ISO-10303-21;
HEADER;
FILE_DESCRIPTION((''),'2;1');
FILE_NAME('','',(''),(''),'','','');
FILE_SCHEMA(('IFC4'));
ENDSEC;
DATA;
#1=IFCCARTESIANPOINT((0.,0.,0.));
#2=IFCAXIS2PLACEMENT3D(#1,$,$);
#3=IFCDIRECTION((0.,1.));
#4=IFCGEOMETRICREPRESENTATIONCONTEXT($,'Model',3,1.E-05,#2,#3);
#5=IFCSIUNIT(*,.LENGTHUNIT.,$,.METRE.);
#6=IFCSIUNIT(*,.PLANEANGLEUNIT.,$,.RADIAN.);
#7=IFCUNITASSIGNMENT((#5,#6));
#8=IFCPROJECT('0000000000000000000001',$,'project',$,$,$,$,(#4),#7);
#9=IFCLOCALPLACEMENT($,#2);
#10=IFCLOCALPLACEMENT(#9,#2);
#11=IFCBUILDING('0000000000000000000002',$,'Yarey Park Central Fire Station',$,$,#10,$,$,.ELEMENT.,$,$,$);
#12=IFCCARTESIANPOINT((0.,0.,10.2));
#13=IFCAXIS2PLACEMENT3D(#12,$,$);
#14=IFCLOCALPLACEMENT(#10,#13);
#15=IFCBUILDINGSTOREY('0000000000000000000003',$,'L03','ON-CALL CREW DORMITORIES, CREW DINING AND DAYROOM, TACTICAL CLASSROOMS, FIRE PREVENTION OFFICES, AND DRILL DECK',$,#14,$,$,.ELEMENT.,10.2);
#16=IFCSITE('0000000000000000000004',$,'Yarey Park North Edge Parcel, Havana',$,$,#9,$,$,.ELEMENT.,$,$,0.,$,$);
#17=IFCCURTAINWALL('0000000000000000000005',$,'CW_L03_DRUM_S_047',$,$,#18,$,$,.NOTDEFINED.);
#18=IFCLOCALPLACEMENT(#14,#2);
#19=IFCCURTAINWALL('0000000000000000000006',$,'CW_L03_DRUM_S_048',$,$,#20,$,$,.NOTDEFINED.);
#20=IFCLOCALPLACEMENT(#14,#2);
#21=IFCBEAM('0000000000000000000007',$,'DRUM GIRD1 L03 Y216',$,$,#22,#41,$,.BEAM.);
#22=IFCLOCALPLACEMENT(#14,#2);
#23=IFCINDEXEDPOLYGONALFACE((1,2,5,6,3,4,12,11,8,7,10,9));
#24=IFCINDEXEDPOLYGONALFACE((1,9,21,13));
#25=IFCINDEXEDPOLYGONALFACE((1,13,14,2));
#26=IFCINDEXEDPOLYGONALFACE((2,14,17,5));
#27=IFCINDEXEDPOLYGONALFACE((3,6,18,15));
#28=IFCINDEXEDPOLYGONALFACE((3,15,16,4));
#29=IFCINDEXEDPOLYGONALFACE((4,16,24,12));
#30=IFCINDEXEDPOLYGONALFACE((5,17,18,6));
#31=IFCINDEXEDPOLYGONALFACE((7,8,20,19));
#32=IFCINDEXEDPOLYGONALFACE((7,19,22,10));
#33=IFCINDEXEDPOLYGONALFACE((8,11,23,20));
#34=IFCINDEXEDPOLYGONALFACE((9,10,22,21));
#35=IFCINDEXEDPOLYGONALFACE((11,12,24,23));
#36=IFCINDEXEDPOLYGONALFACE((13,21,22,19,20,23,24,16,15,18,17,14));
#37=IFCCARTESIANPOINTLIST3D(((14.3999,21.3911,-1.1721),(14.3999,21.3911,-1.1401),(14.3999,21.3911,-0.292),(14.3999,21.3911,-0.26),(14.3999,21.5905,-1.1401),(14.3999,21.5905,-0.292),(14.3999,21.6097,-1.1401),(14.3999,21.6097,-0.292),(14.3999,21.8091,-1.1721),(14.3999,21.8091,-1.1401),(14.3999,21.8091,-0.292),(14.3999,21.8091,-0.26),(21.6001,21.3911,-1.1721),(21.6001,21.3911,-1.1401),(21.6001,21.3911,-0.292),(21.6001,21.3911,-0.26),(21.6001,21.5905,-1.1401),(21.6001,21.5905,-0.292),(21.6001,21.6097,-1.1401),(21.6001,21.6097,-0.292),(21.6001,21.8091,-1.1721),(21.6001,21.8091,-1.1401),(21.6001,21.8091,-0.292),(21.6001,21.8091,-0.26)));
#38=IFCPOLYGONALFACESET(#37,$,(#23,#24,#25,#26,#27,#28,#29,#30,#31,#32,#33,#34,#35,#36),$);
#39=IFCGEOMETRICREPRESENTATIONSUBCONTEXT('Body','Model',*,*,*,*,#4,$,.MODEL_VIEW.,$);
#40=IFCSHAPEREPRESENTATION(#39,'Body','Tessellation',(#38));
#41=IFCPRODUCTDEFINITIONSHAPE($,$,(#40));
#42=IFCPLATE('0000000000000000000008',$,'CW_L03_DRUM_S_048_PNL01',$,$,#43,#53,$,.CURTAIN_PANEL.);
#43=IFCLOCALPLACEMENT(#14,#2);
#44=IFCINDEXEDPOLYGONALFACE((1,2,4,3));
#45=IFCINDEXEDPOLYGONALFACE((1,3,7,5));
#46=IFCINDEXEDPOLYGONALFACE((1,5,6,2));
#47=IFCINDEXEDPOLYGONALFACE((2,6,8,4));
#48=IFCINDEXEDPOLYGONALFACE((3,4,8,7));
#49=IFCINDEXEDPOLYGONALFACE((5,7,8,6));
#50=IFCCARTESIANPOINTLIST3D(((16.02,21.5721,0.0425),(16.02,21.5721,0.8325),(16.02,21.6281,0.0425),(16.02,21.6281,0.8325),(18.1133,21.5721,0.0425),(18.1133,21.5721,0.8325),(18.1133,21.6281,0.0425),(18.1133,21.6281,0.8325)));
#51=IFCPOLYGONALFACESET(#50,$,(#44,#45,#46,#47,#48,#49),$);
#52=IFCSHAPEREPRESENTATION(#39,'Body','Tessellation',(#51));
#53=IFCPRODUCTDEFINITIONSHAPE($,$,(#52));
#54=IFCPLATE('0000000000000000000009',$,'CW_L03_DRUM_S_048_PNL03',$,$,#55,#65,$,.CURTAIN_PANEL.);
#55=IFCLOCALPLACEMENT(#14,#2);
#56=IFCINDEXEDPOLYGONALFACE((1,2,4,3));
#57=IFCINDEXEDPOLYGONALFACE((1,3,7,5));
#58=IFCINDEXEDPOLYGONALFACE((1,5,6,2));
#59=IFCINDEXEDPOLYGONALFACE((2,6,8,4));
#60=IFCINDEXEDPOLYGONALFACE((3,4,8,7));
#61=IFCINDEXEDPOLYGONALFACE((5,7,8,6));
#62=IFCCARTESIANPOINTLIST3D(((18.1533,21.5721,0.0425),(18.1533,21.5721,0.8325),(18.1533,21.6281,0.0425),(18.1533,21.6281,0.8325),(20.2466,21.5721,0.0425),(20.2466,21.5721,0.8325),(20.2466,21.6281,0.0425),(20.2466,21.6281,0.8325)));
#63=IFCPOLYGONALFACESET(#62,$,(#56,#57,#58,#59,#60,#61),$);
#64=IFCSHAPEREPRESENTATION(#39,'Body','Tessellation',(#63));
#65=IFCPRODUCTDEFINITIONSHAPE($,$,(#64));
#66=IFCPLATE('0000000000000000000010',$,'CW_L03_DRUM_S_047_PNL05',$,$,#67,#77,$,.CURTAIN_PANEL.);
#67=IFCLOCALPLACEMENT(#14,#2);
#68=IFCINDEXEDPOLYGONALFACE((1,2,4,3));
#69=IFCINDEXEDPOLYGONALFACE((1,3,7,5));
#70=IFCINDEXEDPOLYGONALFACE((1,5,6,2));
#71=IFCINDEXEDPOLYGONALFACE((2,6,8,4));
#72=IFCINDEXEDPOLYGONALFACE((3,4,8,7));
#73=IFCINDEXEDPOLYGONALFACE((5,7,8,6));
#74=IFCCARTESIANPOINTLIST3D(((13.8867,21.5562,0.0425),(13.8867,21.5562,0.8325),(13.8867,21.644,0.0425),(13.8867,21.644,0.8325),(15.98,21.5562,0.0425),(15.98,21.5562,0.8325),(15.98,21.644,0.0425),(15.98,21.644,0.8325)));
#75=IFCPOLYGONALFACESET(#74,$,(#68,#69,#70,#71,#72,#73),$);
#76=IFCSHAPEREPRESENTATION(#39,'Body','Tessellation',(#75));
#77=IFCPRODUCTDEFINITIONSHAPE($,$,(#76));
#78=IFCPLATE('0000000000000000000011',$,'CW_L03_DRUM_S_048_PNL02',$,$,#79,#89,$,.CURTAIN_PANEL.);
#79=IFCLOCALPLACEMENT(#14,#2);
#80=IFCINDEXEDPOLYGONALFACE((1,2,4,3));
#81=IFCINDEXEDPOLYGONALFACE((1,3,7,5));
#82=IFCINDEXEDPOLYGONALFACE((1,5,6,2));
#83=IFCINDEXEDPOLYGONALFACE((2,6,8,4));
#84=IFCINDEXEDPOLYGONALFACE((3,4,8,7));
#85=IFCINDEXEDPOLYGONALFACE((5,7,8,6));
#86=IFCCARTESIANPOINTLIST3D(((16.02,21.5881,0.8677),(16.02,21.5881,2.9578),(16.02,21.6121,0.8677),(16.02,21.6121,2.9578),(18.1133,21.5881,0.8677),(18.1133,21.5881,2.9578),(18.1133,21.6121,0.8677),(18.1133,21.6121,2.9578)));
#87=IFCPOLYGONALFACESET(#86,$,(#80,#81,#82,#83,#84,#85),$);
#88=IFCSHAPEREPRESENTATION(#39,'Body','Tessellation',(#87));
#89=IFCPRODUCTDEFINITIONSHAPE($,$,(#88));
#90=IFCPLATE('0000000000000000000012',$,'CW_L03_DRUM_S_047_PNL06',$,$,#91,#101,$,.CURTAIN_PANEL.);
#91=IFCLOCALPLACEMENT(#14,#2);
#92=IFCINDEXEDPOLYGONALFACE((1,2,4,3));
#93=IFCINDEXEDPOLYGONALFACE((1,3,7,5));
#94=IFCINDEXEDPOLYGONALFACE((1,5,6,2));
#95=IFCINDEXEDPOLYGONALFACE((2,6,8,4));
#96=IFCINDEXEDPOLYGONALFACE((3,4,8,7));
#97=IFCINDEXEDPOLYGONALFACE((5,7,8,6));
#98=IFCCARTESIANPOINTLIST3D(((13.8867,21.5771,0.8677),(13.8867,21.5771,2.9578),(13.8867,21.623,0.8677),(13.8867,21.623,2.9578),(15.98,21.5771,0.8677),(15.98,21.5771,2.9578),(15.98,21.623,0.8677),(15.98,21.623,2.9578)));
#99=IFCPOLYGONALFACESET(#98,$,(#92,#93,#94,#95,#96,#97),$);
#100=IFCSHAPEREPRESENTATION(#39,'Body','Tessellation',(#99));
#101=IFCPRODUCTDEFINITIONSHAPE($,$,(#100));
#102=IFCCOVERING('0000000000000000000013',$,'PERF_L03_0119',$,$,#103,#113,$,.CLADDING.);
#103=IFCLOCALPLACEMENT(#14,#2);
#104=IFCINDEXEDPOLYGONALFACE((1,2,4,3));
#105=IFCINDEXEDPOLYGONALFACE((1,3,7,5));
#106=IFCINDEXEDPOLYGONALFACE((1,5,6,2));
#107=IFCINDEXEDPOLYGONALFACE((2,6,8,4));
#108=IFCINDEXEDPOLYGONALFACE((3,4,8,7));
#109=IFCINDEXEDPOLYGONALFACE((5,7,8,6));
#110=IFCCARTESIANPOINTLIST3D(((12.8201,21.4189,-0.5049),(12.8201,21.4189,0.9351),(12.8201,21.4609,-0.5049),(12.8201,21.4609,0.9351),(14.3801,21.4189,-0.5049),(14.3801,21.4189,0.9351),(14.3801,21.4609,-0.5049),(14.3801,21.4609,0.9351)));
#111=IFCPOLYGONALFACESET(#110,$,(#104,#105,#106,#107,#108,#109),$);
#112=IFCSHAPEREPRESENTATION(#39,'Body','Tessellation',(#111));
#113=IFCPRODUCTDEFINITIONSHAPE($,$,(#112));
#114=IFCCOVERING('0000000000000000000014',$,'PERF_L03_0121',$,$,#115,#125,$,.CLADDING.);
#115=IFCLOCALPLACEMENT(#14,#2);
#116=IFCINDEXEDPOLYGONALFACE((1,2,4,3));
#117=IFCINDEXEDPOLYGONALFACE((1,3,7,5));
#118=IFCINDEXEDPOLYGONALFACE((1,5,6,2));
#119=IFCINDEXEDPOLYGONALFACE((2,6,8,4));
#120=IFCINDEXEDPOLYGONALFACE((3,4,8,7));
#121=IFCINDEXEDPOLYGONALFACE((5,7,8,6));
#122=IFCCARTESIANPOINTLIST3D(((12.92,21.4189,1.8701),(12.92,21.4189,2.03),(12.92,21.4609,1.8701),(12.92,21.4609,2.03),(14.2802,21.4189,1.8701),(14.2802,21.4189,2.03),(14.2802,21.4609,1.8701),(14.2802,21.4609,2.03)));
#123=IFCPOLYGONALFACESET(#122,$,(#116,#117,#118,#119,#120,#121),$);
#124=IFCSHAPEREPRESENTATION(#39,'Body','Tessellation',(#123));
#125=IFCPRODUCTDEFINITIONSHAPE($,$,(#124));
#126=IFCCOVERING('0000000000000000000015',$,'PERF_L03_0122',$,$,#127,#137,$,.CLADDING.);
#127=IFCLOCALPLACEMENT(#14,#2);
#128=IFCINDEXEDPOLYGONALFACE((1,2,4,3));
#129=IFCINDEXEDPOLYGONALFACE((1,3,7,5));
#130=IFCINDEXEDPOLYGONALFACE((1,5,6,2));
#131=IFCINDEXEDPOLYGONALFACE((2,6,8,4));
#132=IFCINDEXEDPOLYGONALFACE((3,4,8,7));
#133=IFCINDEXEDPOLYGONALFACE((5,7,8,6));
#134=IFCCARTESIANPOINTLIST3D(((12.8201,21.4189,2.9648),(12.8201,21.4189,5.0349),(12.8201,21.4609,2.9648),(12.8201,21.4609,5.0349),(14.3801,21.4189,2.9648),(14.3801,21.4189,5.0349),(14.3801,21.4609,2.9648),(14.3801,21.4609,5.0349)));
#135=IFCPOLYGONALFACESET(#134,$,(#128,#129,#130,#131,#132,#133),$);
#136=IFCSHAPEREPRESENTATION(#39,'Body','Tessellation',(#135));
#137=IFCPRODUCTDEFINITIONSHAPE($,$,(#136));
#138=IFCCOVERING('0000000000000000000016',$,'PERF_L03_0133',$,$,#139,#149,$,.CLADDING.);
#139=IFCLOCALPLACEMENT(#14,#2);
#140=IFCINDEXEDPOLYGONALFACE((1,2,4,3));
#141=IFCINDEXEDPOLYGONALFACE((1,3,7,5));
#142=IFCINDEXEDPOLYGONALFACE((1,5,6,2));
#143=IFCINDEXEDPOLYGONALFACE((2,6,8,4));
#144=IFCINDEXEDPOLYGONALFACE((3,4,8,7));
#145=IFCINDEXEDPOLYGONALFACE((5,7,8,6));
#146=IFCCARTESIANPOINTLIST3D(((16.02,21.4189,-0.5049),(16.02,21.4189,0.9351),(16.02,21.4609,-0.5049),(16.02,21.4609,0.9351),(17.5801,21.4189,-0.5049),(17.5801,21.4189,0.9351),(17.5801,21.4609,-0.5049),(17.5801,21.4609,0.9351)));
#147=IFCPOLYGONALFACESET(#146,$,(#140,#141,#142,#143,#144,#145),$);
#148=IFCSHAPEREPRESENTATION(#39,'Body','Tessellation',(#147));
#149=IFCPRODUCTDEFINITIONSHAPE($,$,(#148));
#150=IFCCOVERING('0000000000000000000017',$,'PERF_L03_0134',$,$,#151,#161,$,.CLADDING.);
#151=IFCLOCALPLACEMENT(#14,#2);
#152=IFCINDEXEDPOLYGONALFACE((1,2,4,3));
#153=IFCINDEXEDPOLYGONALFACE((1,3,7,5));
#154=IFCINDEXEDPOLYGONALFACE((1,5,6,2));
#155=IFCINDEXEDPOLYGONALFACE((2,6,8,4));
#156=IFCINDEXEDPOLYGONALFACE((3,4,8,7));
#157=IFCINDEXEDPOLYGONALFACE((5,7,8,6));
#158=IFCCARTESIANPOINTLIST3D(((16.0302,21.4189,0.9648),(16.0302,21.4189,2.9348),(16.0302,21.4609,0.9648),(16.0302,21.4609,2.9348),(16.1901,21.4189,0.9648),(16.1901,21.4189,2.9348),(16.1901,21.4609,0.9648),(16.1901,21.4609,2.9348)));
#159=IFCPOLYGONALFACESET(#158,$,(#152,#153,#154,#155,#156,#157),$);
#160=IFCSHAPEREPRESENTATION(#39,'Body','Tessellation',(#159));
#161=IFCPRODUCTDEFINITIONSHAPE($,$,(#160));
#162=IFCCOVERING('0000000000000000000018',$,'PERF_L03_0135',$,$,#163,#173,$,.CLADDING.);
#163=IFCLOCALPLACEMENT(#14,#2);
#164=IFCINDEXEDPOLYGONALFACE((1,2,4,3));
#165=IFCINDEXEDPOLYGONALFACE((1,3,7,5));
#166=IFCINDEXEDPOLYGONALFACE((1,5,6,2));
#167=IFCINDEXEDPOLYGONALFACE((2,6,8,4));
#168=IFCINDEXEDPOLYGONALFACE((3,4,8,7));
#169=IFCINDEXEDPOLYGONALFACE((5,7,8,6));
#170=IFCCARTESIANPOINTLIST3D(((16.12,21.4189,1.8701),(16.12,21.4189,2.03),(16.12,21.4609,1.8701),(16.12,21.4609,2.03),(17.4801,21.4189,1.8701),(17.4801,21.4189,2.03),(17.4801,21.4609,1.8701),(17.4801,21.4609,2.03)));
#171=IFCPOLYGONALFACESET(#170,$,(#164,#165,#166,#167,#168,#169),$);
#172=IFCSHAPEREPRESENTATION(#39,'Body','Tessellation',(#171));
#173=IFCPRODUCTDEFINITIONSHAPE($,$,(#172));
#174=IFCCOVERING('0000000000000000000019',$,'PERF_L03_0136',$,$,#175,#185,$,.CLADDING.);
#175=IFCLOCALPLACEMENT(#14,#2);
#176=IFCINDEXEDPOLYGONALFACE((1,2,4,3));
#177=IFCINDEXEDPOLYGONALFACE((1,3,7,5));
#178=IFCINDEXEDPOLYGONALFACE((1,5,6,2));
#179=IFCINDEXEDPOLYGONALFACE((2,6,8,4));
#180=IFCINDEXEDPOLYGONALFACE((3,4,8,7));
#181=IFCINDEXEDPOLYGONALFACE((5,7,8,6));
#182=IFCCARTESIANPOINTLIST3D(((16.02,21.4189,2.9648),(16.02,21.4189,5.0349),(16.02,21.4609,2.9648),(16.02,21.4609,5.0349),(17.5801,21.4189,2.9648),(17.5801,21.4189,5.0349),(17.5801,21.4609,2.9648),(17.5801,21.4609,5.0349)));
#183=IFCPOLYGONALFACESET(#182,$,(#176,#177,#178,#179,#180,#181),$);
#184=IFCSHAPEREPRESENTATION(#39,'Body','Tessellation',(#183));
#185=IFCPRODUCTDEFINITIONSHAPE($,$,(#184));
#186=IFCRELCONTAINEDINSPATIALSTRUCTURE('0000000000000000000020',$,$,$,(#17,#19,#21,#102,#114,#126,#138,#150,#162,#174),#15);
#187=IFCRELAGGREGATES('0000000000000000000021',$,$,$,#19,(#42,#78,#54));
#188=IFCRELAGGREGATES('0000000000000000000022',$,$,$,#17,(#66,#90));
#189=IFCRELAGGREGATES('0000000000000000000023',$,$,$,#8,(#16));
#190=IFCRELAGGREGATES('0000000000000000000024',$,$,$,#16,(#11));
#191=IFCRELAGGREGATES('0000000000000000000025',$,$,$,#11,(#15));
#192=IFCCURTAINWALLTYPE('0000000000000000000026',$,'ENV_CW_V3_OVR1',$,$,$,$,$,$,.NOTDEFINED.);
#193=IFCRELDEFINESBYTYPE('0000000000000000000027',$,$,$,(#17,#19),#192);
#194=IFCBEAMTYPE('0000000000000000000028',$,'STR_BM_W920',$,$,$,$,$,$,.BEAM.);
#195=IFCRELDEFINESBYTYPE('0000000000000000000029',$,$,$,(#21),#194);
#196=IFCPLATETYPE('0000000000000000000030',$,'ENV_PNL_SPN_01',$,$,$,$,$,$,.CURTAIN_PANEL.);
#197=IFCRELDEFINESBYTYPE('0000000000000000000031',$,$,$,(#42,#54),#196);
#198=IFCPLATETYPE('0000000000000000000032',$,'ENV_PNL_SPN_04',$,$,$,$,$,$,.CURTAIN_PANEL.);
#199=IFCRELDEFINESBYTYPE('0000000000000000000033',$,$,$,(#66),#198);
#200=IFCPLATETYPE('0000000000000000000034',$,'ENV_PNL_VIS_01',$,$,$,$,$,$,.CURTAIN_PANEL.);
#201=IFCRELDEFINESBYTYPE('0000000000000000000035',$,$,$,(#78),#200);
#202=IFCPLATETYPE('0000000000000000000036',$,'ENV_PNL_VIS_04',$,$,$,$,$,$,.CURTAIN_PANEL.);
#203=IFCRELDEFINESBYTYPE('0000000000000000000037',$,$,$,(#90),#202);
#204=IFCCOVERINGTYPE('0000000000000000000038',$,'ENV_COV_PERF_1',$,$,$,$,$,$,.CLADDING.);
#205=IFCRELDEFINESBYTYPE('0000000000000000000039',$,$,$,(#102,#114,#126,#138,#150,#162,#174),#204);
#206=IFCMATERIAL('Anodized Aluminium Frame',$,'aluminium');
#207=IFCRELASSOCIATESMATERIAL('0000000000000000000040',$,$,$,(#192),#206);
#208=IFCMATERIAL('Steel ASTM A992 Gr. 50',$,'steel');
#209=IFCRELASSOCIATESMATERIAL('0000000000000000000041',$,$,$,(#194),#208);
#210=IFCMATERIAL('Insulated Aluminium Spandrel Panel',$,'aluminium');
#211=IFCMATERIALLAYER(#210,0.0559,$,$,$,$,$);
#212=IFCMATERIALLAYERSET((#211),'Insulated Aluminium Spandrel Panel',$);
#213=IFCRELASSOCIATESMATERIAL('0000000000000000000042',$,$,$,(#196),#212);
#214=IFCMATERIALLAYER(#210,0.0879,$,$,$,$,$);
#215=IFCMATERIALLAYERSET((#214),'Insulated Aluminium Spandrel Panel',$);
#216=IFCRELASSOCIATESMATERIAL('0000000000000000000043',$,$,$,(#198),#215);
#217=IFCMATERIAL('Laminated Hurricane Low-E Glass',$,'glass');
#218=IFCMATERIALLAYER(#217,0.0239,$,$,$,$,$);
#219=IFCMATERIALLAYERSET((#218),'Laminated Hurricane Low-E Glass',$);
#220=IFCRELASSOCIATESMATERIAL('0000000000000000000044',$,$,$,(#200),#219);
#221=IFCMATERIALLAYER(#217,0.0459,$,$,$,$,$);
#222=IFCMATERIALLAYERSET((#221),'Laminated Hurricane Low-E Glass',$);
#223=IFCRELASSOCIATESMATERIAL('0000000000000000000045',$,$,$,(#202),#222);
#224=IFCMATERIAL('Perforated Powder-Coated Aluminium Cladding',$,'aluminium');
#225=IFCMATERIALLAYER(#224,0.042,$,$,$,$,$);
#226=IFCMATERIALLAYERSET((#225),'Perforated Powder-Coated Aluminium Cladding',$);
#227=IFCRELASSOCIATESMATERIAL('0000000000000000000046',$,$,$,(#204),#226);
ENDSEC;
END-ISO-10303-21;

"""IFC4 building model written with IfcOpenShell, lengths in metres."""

from ifc_helpers import new_model, si_unit, direction, frame, origin, origin_2d, place, context, subcontext, project, spatial, rectangle, i_section, extrude, material, layer, layer_set, material_profile, profile_set, type_object, element, aggregate, save


model = new_model("IFC4")

# Units and contexts
model_context = context("Model", 3, precision=1e-05, world=origin(), true_north=direction((0.0, 1.0)))
body_context = subcontext(model_context, "Body", "Model", "MODEL_VIEW")
ifc_project = project(units=[si_unit("LENGTHUNIT", "METRE"), si_unit("PLANEANGLEUNIT", "RADIAN")], contexts=[model_context])

# Site, building, storey
site_placement = place(None, origin())
site = spatial("IfcSite", under=ifc_project, at=site_placement, Name="Yarey Park North Edge Parcel, Havana", CompositionType="ELEMENT", RefElevation=0.0)
building_placement = place(site_placement, origin())
building = spatial("IfcBuilding", under=site, at=building_placement, Name="Yarey Park Central Fire Station", CompositionType="ELEMENT")
storey_placement = place(building_placement, frame((0.0, 0.0, 10.2)))
storey = spatial("IfcBuildingStorey", under=building, at=storey_placement, Name="L03", Description="ON-CALL CREW DORMITORIES, CREW DINING AND DAYROOM, TACTICAL CLASSROOMS, FIRE PREVENTION OFFICES, AND DRILL DECK", CompositionType="ELEMENT", Elevation=10.2)

# Shared definitions
ifc_material_1 = material(Name="Steel ASTM A992 Gr. 50", Category="steel")

# Curtain walls
ifc_material_2 = material(Name="Anodized Aluminium Frame", Category="aluminium")
curtain_wall_type = type_object("IfcCurtainWallType", Name="ENV_CW_V3_OVR1", PredefinedType="NOTDEFINED", material=ifc_material_2)
curtain_wall_1_placement = place(storey_placement, origin())
curtain_wall_1 = element("IfcCurtainWall", 1, at=curtain_wall_1_placement, inside=storey, type_object=curtain_wall_type, Name="CW_L03_DRUM_S_047", PredefinedType="NOTDEFINED")
curtain_wall_2_placement = place(storey_placement, origin())
curtain_wall_2 = element("IfcCurtainWall", 2, at=curtain_wall_2_placement, inside=storey, type_object=curtain_wall_type, Name="CW_L03_DRUM_S_048", PredefinedType="NOTDEFINED")

# Beam
ifc_material_profile_1 = material_profile(ifc_material_1, i_section(OverallWidth=0.418, OverallDepth=0.9121, WebThickness=0.0193, FlangeThickness=0.032, at=origin_2d()), Name="W920x342")
ifc_profile_set_1 = profile_set([ifc_material_profile_1], Name="Steel ASTM A992 Gr. 50")
beam_type_1 = type_object("IfcBeamType", Name="STR_BM_W920", PredefinedType="BEAM", material=ifc_profile_set_1)
beam_1_placement = place(storey_placement, frame((14.3999, 21.6001, -0.7161), z_axis=(1.0, 0.0, 0.0), x_axis=(0.0, 1.0, 0.0)))
element("IfcBeam", 3, at=beam_1_placement, inside=storey, type_object=beam_type_1, Name="DRUM GIRD1 L03 Y216", PredefinedType="BEAM", context=body_context, shape_type="SweptSolid", body=[
    extrude(i_section(OverallWidth=0.418, OverallDepth=0.9121, WebThickness=0.0193, FlangeThickness=0.032, at=origin_2d()), origin(), (0.0, 0.0, 1.0), 7.2002),
])

# Plates
ifc_material_3 = material(Name="Insulated Aluminium Spandrel Panel", Category="aluminium")
ifc_layer_1 = layer(ifc_material_3, 0.0559)
ifc_layer_set_1 = layer_set([ifc_layer_1], Name="Insulated Aluminium Spandrel Panel")
plate_type_1 = type_object("IfcPlateType", Name="ENV_PNL_SPN_01", PredefinedType="CURTAIN_PANEL", material=ifc_layer_set_1)
plate_1_placement = place(storey_placement, frame((17.0667, 21.6001, 0.0425), z_axis=(0.0, 0.0, 1.0), x_axis=(1.0, 0.0, 0.0)))
plate_1 = element("IfcPlate", 4, at=plate_1_placement, type_object=plate_type_1, Name="CW_L03_DRUM_S_048_PNL01", PredefinedType="CURTAIN_PANEL", context=body_context, shape_type="SweptSolid", body=[
    extrude(rectangle(XDim=2.0933, YDim=0.0559, at=origin_2d()), origin(), (0.0, 0.0, 1.0), 0.79),
])
plate_2_placement = place(storey_placement, frame((19.2, 21.6001, 0.0425), z_axis=(0.0, 0.0, 1.0), x_axis=(1.0, 0.0, 0.0)))
plate_2 = element("IfcPlate", 5, at=plate_2_placement, type_object=plate_type_1, Name="CW_L03_DRUM_S_048_PNL03", PredefinedType="CURTAIN_PANEL", context=body_context, shape_type="SweptSolid", body=[
    extrude(rectangle(XDim=2.0933, YDim=0.0559, at=origin_2d()), origin(), (0.0, 0.0, 1.0), 0.79),
])
ifc_layer_2 = layer(ifc_material_3, 0.0879)
ifc_layer_set_2 = layer_set([ifc_layer_2], Name="Insulated Aluminium Spandrel Panel")
plate_type_2 = type_object("IfcPlateType", Name="ENV_PNL_SPN_04", PredefinedType="CURTAIN_PANEL", material=ifc_layer_set_2)
plate_3_placement = place(storey_placement, frame((14.9333, 21.6001, 0.0425), z_axis=(0.0, 0.0, 1.0), x_axis=(1.0, 0.0, 0.0)))
plate_3 = element("IfcPlate", 6, at=plate_3_placement, type_object=plate_type_2, Name="CW_L03_DRUM_S_047_PNL05", PredefinedType="CURTAIN_PANEL", context=body_context, shape_type="SweptSolid", body=[
    extrude(rectangle(XDim=2.0933, YDim=0.0879, at=origin_2d()), origin(), (0.0, 0.0, 1.0), 0.79),
])
ifc_material_4 = material(Name="Laminated Hurricane Low-E Glass", Category="glass")
ifc_layer_3 = layer(ifc_material_4, 0.0239)
ifc_layer_set_3 = layer_set([ifc_layer_3], Name="Laminated Hurricane Low-E Glass")
plate_type_3 = type_object("IfcPlateType", Name="ENV_PNL_VIS_01", PredefinedType="CURTAIN_PANEL", material=ifc_layer_set_3)
plate_4_placement = place(storey_placement, frame((17.0667, 21.6001, 0.8677), z_axis=(0.0, 0.0, 1.0), x_axis=(1.0, 0.0, 0.0)))
plate_4 = element("IfcPlate", 7, at=plate_4_placement, type_object=plate_type_3, Name="CW_L03_DRUM_S_048_PNL02", PredefinedType="CURTAIN_PANEL", context=body_context, shape_type="SweptSolid", body=[
    extrude(rectangle(XDim=2.0933, YDim=0.0239, at=origin_2d()), origin(), (0.0, 0.0, 1.0), 2.0901),
])
aggregate(curtain_wall_2, [plate_1, plate_4, plate_2])
ifc_layer_4 = layer(ifc_material_4, 0.0459)
ifc_layer_set_4 = layer_set([ifc_layer_4], Name="Laminated Hurricane Low-E Glass")
plate_type_4 = type_object("IfcPlateType", Name="ENV_PNL_VIS_04", PredefinedType="CURTAIN_PANEL", material=ifc_layer_set_4)
plate_5_placement = place(storey_placement, frame((14.9333, 21.6001, 0.8677), z_axis=(0.0, 0.0, 1.0), x_axis=(1.0, 0.0, 0.0)))
plate_5 = element("IfcPlate", 8, at=plate_5_placement, type_object=plate_type_4, Name="CW_L03_DRUM_S_047_PNL06", PredefinedType="CURTAIN_PANEL", context=body_context, shape_type="SweptSolid", body=[
    extrude(rectangle(XDim=2.0933, YDim=0.0459, at=origin_2d()), origin(), (0.0, 0.0, 1.0), 2.0901),
])
aggregate(curtain_wall_1, [plate_3, plate_5])

# Coverings
ifc_material_5 = material(Name="Perforated Powder-Coated Aluminium Cladding", Category="aluminium")
ifc_layer_5 = layer(ifc_material_5, 0.042)
ifc_layer_set_5 = layer_set([ifc_layer_5], Name="Perforated Powder-Coated Aluminium Cladding")
covering_type_1 = type_object("IfcCoveringType", Name="ENV_COV_PERF_1", PredefinedType="CLADDING", material=ifc_layer_set_5)
covering_1_placement = place(storey_placement, frame((13.6001, 21.4399, -0.5049), z_axis=(0.0, 0.0, 1.0), x_axis=(1.0, 0.0, 0.0)))
element("IfcCovering", 9, at=covering_1_placement, inside=storey, type_object=covering_type_1, Name="PERF_L03_0119", PredefinedType="CLADDING", context=body_context, shape_type="SweptSolid", body=[
    extrude(rectangle(XDim=1.5601, YDim=0.042, at=origin_2d()), origin(), (0.0, 0.0, 1.0), 1.4399),
])
covering_2_placement = place(storey_placement, frame((13.6001, 21.4399, 1.8701), z_axis=(0.0, 0.0, 1.0), x_axis=(1.0, 0.0, 0.0)))
element("IfcCovering", 10, at=covering_2_placement, inside=storey, type_object=covering_type_1, Name="PERF_L03_0121", PredefinedType="CLADDING", context=body_context, shape_type="SweptSolid", body=[
    extrude(rectangle(XDim=1.3601, YDim=0.042, at=origin_2d()), origin(), (0.0, 0.0, 1.0), 0.1599),
])
covering_3_placement = place(storey_placement, frame((13.6001, 21.4399, 2.9648), z_axis=(0.0, 0.0, 1.0), x_axis=(1.0, 0.0, 0.0)))
element("IfcCovering", 11, at=covering_3_placement, inside=storey, type_object=covering_type_1, Name="PERF_L03_0122", PredefinedType="CLADDING", context=body_context, shape_type="SweptSolid", body=[
    extrude(rectangle(XDim=1.5601, YDim=0.042, at=origin_2d()), origin(), (0.0, 0.0, 1.0), 2.0701),
])
covering_4_placement = place(storey_placement, frame((16.8, 21.4399, -0.5049), z_axis=(0.0, 0.0, 1.0), x_axis=(1.0, 0.0, 0.0)))
element("IfcCovering", 12, at=covering_4_placement, inside=storey, type_object=covering_type_1, Name="PERF_L03_0133", PredefinedType="CLADDING", context=body_context, shape_type="SweptSolid", body=[
    extrude(rectangle(XDim=1.5601, YDim=0.042, at=origin_2d()), origin(), (0.0, 0.0, 1.0), 1.4399),
])
covering_5_placement = place(storey_placement, frame((16.1101, 21.4399, 0.9648), z_axis=(0.0, 0.0, 1.0), x_axis=(1.0, 0.0, 0.0)))
element("IfcCovering", 13, at=covering_5_placement, inside=storey, type_object=covering_type_1, Name="PERF_L03_0134", PredefinedType="CLADDING", context=body_context, shape_type="SweptSolid", body=[
    extrude(rectangle(XDim=0.1599, YDim=0.042, at=origin_2d()), origin(), (0.0, 0.0, 1.0), 1.97),
])
covering_6_placement = place(storey_placement, frame((16.8, 21.4399, 1.8701), z_axis=(0.0, 0.0, 1.0), x_axis=(1.0, 0.0, 0.0)))
element("IfcCovering", 14, at=covering_6_placement, inside=storey, type_object=covering_type_1, Name="PERF_L03_0135", PredefinedType="CLADDING", context=body_context, shape_type="SweptSolid", body=[
    extrude(rectangle(XDim=1.3601, YDim=0.042, at=origin_2d()), origin(), (0.0, 0.0, 1.0), 0.1599),
])
covering_7_placement = place(storey_placement, frame((16.8, 21.4399, 2.9648), z_axis=(0.0, 0.0, 1.0), x_axis=(1.0, 0.0, 0.0)))
element("IfcCovering", 15, at=covering_7_placement, inside=storey, type_object=covering_type_1, Name="PERF_L03_0136", PredefinedType="CLADDING", context=body_context, shape_type="SweptSolid", body=[
    extrude(rectangle(XDim=1.5601, YDim=0.042, at=origin_2d()), origin(), (0.0, 0.0, 1.0), 2.0701),
])

save(model, "model.ifc")
